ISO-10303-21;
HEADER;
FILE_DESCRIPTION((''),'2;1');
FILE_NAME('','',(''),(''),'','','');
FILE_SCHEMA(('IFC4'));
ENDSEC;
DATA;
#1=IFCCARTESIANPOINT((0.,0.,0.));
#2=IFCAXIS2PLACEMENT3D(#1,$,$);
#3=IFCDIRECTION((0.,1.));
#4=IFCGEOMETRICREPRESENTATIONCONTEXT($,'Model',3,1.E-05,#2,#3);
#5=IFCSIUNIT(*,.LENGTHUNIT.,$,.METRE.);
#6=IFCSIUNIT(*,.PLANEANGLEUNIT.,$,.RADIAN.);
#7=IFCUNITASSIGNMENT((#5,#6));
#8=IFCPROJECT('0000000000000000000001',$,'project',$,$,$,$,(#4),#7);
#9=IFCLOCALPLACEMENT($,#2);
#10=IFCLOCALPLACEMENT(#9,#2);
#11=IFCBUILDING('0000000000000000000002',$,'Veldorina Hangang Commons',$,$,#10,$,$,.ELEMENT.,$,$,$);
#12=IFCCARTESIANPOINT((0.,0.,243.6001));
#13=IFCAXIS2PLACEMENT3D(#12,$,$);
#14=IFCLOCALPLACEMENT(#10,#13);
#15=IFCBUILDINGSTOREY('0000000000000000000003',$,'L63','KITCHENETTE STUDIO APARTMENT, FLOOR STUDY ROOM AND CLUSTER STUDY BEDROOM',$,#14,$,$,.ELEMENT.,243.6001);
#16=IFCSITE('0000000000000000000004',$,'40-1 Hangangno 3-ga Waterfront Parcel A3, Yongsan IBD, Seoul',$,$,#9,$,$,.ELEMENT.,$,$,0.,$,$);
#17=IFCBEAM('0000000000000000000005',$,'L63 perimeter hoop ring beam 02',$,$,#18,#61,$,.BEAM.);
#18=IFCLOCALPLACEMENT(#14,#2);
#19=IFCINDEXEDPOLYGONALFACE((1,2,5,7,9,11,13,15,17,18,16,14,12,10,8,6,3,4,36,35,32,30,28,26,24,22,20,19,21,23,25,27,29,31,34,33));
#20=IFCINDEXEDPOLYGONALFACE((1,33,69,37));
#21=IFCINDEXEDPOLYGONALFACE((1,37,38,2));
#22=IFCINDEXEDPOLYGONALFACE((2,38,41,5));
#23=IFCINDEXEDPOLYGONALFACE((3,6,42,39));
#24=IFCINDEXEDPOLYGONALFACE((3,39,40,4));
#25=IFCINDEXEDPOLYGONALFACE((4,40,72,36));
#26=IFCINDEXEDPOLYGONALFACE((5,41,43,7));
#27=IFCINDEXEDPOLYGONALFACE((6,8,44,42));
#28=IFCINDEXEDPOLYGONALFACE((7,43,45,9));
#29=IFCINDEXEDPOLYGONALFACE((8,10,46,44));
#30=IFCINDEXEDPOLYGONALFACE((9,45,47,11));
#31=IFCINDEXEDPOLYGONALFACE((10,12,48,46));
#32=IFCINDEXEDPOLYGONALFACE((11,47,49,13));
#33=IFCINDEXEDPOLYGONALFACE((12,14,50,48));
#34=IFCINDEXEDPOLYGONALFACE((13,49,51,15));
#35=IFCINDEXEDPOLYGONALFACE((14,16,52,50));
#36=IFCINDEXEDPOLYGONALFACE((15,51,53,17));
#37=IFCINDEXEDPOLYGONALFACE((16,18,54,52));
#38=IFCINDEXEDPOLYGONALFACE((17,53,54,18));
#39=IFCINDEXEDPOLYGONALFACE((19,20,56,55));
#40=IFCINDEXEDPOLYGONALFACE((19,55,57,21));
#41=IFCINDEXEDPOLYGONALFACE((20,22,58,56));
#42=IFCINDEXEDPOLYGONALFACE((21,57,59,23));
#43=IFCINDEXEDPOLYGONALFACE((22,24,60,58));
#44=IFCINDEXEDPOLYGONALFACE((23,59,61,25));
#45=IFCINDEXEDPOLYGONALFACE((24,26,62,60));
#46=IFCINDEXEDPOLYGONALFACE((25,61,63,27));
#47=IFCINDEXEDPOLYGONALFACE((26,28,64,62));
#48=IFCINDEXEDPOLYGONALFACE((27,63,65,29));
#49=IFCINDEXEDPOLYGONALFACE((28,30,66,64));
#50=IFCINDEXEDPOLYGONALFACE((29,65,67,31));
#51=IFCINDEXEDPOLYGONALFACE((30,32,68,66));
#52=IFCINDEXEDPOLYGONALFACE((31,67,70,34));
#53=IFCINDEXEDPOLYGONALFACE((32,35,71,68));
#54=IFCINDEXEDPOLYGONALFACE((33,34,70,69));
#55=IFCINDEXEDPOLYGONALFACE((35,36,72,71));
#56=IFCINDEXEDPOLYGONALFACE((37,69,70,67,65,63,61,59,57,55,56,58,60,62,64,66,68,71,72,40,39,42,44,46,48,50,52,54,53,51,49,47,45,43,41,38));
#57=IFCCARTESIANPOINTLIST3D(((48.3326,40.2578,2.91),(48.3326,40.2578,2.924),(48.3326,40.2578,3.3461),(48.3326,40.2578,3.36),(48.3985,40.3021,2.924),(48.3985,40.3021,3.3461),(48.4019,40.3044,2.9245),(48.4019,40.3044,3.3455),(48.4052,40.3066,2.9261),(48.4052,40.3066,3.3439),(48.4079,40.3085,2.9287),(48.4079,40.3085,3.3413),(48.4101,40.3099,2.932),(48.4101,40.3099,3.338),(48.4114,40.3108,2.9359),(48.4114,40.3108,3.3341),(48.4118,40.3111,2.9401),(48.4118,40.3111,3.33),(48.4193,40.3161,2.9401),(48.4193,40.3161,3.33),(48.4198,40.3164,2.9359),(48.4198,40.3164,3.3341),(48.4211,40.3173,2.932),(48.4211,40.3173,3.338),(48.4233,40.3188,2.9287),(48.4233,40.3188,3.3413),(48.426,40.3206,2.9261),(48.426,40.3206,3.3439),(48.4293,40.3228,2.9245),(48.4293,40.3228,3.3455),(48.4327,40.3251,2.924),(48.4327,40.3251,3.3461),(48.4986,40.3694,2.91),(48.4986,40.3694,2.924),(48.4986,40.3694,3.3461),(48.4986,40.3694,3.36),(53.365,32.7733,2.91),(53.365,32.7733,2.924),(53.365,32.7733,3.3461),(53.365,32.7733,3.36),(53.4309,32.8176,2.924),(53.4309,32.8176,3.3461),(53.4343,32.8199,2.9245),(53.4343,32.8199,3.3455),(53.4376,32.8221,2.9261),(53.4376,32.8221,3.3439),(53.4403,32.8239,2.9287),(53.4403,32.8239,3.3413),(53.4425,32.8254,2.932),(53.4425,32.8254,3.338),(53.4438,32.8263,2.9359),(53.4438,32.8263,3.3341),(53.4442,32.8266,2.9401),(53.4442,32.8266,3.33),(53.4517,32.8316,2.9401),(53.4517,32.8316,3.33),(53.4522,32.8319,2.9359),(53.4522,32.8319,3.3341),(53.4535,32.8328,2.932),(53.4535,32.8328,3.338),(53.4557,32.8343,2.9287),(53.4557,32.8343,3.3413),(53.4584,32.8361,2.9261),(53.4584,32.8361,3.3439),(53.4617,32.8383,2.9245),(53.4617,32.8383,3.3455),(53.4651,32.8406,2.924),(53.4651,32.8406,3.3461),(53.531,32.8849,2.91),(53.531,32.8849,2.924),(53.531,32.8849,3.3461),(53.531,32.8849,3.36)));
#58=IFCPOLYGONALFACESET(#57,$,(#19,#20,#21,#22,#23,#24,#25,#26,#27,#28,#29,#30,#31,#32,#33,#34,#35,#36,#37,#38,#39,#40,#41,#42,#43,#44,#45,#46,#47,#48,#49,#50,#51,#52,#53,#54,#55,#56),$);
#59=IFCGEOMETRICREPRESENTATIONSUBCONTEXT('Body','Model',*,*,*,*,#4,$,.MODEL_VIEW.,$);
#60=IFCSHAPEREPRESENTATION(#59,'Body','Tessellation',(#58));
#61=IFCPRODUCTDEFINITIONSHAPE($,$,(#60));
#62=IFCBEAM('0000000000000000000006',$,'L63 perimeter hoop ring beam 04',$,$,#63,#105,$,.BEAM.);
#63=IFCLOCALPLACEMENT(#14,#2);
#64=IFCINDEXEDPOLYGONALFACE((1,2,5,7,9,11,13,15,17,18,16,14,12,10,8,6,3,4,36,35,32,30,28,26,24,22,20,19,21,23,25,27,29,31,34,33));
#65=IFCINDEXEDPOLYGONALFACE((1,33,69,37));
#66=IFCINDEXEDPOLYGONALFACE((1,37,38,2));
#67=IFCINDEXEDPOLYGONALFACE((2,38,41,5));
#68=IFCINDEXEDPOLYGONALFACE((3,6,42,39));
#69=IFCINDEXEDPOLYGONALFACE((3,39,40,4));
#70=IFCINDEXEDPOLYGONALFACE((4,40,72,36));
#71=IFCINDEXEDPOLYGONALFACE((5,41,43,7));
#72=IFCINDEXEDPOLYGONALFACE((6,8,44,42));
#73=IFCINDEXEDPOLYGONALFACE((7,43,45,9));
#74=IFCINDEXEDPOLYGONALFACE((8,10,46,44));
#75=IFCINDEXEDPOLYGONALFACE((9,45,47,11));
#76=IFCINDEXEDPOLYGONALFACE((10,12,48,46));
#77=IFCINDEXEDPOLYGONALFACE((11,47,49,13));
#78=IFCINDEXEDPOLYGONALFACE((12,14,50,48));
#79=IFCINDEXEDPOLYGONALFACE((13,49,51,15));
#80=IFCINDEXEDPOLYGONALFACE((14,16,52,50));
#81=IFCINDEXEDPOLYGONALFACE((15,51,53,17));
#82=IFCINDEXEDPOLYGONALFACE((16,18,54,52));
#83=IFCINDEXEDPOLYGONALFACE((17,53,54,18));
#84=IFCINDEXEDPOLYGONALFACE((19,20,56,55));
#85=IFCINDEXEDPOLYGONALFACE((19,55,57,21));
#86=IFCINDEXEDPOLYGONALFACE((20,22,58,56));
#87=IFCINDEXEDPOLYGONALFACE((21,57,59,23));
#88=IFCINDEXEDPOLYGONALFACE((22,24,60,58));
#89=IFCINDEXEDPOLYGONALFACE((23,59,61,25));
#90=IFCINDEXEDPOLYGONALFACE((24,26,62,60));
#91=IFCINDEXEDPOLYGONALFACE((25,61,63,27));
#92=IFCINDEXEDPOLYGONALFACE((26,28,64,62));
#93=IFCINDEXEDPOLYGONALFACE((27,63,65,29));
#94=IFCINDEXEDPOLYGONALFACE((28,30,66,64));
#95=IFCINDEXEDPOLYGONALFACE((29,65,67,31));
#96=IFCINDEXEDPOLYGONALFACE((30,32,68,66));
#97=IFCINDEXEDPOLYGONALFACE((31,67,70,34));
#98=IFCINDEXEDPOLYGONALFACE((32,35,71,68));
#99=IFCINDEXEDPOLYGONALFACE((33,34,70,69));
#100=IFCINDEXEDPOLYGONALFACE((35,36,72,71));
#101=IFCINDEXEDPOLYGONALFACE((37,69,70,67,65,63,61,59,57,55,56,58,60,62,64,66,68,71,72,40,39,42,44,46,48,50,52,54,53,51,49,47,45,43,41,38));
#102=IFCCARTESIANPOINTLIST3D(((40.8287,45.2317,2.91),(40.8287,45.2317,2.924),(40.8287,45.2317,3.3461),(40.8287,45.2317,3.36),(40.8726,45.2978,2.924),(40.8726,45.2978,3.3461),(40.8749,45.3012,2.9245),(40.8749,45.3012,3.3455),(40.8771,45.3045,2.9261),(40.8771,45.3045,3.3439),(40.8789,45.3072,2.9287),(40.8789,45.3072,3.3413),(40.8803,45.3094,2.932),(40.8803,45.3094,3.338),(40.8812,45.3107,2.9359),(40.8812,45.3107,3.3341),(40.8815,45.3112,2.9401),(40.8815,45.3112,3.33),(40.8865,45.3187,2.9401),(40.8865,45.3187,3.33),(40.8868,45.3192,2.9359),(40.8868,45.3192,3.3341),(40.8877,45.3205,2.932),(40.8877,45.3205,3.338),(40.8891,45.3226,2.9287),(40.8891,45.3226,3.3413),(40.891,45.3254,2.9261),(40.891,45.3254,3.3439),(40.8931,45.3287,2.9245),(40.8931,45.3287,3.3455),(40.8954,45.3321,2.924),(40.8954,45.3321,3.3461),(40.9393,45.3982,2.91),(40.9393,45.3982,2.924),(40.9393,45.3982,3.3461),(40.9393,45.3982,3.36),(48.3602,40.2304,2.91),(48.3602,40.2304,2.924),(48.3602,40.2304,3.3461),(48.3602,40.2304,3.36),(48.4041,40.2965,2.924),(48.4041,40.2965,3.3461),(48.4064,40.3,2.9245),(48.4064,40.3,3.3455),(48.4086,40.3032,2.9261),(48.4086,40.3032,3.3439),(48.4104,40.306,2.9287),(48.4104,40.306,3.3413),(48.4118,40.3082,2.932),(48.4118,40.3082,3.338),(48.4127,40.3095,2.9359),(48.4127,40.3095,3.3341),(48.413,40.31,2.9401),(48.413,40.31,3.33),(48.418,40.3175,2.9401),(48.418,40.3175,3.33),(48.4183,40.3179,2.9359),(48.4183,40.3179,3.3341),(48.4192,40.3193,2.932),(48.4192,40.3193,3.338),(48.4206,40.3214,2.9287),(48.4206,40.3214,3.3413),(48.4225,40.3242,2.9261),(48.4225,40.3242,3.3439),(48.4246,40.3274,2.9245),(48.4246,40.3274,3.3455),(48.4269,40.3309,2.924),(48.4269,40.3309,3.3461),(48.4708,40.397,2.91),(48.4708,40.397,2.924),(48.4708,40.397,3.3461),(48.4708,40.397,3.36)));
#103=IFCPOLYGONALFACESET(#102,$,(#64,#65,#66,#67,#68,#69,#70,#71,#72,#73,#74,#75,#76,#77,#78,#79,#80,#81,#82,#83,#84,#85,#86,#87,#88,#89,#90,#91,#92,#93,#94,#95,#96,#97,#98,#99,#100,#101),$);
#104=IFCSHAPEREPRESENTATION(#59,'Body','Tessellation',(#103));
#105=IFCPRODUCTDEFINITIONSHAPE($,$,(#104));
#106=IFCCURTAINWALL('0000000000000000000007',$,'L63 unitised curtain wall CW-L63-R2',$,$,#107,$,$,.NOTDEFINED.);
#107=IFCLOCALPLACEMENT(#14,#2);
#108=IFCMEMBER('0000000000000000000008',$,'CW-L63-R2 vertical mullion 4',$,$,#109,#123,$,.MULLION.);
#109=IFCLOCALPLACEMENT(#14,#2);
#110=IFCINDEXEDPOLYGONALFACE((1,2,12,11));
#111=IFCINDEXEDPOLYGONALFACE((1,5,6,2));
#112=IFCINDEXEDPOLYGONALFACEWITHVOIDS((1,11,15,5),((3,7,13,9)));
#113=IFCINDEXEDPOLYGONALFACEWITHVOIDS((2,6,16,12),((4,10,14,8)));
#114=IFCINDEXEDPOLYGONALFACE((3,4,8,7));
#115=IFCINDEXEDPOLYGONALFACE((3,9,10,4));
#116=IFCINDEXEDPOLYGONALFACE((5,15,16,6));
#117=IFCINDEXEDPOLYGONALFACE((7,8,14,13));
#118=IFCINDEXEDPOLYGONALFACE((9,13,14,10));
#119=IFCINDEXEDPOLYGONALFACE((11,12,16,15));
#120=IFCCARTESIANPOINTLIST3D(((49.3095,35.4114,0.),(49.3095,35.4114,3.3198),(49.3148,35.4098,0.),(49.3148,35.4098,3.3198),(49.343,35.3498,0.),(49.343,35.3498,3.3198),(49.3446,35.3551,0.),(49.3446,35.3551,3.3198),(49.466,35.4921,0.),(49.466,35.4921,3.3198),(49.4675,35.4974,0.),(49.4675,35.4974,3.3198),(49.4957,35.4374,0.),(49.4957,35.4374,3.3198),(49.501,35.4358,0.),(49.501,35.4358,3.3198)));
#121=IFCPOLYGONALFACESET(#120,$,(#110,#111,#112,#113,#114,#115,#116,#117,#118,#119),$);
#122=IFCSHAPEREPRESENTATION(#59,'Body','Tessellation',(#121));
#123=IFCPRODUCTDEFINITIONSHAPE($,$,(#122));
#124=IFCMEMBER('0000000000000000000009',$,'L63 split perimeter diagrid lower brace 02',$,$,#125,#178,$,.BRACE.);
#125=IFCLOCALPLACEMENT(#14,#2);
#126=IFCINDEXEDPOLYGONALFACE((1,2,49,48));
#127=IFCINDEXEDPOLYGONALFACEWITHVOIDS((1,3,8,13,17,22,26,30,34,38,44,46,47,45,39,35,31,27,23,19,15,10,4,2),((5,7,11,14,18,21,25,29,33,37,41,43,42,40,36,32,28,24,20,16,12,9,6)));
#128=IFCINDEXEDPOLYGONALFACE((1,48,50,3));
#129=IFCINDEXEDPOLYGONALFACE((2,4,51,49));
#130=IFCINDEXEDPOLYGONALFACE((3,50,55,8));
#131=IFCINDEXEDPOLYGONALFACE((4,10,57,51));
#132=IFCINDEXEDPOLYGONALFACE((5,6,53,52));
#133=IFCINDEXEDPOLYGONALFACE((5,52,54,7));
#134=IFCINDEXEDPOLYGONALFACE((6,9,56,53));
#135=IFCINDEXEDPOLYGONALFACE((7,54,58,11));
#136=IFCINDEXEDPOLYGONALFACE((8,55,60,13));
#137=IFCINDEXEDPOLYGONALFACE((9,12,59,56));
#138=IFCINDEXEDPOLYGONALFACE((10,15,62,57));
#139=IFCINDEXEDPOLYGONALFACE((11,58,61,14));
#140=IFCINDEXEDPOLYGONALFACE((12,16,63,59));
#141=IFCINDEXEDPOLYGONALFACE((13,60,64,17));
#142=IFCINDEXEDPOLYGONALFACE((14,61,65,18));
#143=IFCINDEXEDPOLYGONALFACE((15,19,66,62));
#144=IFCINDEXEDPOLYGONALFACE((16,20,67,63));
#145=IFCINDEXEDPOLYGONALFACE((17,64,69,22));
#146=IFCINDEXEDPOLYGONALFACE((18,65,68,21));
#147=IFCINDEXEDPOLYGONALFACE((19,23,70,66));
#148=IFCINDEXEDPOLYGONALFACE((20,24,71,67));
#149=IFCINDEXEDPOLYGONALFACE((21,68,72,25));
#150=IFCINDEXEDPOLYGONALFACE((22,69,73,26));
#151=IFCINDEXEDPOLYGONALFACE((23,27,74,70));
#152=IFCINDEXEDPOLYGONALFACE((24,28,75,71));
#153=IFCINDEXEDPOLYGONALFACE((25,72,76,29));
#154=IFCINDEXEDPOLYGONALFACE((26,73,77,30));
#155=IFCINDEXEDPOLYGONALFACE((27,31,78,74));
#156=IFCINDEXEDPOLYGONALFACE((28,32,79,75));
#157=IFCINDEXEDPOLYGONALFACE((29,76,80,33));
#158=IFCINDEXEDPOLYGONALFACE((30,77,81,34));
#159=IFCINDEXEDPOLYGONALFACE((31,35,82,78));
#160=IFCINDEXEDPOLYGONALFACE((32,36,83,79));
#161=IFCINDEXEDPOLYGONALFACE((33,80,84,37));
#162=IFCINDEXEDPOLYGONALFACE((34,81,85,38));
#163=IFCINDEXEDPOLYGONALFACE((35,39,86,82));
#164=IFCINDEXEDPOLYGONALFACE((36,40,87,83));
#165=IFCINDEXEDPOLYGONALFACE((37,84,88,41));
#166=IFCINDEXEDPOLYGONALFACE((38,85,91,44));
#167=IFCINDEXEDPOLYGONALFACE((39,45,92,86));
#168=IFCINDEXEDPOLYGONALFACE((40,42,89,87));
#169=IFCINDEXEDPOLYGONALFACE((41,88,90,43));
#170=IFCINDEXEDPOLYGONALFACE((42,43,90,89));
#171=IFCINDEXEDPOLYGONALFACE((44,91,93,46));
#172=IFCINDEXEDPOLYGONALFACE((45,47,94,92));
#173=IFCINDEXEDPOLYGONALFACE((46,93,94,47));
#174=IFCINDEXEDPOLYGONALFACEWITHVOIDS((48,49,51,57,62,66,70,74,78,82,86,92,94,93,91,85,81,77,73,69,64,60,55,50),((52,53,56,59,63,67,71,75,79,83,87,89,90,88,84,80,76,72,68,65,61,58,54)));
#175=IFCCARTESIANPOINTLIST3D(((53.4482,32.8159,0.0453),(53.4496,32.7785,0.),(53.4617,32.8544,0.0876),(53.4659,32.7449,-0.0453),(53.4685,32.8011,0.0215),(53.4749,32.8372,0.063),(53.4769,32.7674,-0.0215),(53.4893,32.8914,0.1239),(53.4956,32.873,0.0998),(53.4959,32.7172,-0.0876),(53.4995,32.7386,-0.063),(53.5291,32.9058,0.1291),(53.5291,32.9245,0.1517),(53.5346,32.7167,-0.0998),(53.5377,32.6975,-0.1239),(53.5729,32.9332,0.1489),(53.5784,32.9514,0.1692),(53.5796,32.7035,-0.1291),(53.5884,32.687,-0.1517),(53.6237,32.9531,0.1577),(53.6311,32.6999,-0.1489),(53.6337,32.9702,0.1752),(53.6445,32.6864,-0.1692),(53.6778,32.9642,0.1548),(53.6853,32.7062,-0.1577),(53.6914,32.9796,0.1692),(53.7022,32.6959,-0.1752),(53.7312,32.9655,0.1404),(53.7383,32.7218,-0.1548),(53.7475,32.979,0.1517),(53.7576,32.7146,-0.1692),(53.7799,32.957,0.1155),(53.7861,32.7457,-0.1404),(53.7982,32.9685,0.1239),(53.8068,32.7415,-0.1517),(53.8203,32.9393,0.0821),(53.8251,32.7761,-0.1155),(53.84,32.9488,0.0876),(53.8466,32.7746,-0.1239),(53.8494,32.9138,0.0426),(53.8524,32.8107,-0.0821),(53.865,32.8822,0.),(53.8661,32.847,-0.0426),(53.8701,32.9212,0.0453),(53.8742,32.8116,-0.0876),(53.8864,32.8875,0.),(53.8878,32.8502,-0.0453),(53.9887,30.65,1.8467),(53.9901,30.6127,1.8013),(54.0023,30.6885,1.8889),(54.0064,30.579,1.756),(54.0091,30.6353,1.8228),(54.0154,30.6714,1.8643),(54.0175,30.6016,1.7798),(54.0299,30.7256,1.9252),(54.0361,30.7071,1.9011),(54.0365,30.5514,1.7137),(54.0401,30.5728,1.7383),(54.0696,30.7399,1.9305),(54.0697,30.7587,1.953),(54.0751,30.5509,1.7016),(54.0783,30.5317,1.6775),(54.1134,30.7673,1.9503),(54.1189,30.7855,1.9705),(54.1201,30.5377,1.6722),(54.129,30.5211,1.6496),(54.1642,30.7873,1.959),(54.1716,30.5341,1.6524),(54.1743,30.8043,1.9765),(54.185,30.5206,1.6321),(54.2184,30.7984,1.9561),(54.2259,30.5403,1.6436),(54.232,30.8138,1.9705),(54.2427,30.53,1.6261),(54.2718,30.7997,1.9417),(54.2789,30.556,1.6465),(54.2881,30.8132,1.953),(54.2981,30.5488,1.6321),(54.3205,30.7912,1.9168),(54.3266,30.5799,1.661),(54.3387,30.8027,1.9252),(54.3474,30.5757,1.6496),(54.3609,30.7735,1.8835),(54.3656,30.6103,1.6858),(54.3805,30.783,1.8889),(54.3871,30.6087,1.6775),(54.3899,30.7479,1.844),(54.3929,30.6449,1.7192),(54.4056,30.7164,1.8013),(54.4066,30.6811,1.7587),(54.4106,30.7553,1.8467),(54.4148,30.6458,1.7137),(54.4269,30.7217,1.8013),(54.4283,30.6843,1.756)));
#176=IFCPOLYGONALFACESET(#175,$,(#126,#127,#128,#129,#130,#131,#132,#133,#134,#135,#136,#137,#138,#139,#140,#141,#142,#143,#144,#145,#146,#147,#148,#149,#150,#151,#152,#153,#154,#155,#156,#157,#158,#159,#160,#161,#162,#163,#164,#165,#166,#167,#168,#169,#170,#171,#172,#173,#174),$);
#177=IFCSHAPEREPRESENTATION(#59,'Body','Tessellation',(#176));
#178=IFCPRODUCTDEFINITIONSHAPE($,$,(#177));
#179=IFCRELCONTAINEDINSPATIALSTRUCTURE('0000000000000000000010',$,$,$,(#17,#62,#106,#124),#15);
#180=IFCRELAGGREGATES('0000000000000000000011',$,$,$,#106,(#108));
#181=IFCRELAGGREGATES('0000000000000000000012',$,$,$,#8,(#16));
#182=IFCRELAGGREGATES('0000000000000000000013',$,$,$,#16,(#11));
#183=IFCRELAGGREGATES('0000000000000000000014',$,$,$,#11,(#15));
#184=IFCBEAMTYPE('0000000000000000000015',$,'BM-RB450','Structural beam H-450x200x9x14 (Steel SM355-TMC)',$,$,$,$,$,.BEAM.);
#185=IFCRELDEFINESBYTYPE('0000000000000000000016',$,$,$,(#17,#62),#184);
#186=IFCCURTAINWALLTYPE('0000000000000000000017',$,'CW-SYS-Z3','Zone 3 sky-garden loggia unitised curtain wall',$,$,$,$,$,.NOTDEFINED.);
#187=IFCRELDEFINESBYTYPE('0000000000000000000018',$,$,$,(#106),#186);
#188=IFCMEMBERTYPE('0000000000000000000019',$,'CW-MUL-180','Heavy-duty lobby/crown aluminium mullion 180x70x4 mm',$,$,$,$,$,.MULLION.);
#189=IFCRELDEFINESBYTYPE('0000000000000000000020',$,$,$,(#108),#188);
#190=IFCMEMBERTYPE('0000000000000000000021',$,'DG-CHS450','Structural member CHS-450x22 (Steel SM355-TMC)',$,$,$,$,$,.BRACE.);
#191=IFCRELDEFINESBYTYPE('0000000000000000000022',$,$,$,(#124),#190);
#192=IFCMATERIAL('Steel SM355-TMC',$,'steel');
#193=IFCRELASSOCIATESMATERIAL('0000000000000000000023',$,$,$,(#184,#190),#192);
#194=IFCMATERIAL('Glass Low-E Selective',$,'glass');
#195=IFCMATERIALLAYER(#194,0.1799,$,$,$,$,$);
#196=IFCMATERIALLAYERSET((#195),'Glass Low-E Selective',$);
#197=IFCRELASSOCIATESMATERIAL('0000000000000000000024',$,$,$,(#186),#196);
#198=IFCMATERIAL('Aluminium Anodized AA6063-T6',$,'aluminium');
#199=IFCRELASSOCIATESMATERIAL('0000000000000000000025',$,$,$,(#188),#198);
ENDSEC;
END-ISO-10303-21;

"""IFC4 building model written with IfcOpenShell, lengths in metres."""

from ifc_helpers import new_model, si_unit, direction, frame, origin, origin_2d, place, context, subcontext, project, spatial, hollow_rectangle, hollow_circle, i_section, extrude, material, layer, layer_set, material_profile, profile_set, type_object, element, aggregate, save


model = new_model("IFC4")

# Units and contexts
model_context = context("Model", 3, precision=1e-05, world=origin(), true_north=direction((0.0, 1.0)))
body_context = subcontext(model_context, "Body", "Model", "MODEL_VIEW")
ifc_project = project(units=[si_unit("LENGTHUNIT", "METRE"), si_unit("PLANEANGLEUNIT", "RADIAN")], contexts=[model_context])

# Site, building, storey
site_placement = place(None, origin())
site = spatial("IfcSite", under=ifc_project, at=site_placement, Name="40-1 Hangangno 3-ga Waterfront Parcel A3, Yongsan IBD, Seoul", CompositionType="ELEMENT", RefElevation=0.0)
building_placement = place(site_placement, origin())
building = spatial("IfcBuilding", under=site, at=building_placement, Name="Veldorina Hangang Commons", CompositionType="ELEMENT")
storey_placement = place(building_placement, frame((0.0, 0.0, 243.6001)))
storey = spatial("IfcBuildingStorey", under=building, at=storey_placement, Name="L63", Description="KITCHENETTE STUDIO APARTMENT, FLOOR STUDY ROOM AND CLUSTER STUDY BEDROOM", CompositionType="ELEMENT", Elevation=243.6001)

# Beams
ifc_material_1 = material(Name="Steel SM355-TMC", Category="steel")
ifc_material_profile_1 = material_profile(ifc_material_1, i_section(OverallWidth=0.2, OverallDepth=0.45, WebThickness=0.009, FlangeThickness=0.0139, FilletRadius=0.0161, at=origin_2d()), Name="H-450x200x9x14")
ifc_profile_set_1 = profile_set([ifc_material_profile_1], Name="Steel SM355-TMC")
beam_type = type_object("IfcBeamType", Name="BM-RB450", Description="Structural beam H-450x200x9x14 (Steel SM355-TMC)", PredefinedType="BEAM", material=ifc_profile_set_1)
beam_1_placement = place(storey_placement, frame((53.448, 32.8291, 3.135), z_axis=(-0.557975, 0.829857, 0.0), x_axis=(-0.829857, -0.557975, 0.0)))
element("IfcBeam", 1, at=beam_1_placement, inside=storey, type_object=beam_type, Name="L63 perimeter hoop ring beam 02", PredefinedType="BEAM", context=body_context, shape_type="SweptSolid", body=[
    extrude(i_section(OverallWidth=0.2, OverallDepth=0.45, WebThickness=0.009, FlangeThickness=0.0139, FilletRadius=0.0161, at=origin_2d()), origin(), (0.0, 0.0, 1.0), 9.019),
])
beam_2_placement = place(storey_placement, frame((48.4155, 40.3137, 3.135), z_axis=(-0.833058, 0.553185, 0.0), x_axis=(-0.553185, -0.833058, 0.0)))
element("IfcBeam", 2, at=beam_2_placement, inside=storey, type_object=beam_type, Name="L63 perimeter hoop ring beam 04", PredefinedType="BEAM", context=body_context, shape_type="SweptSolid", body=[
    extrude(i_section(OverallWidth=0.2, OverallDepth=0.45, WebThickness=0.009, FlangeThickness=0.0139, FilletRadius=0.0161, at=origin_2d()), origin(), (0.0, 0.0, 1.0), 9.0408),
])

# Curtain wall, member
ifc_material_2 = material(Name="Glass Low-E Selective", Category="glass")
ifc_layer_1 = layer(ifc_material_2, 0.1799)
ifc_layer_set_1 = layer_set([ifc_layer_1], Name="Glass Low-E Selective")
curtain_wall_type = type_object("IfcCurtainWallType", Name="CW-SYS-Z3", Description="Zone 3 sky-garden loggia unitised curtain wall", PredefinedType="NOTDEFINED", material=ifc_layer_set_1)
curtain_wall_placement = place(storey_placement, origin())
curtain_wall = element("IfcCurtainWall", 3, at=curtain_wall_placement, inside=storey, type_object=curtain_wall_type, Name="L63 unitised curtain wall CW-L63-R2", PredefinedType="NOTDEFINED")
ifc_material_3 = material(Name="Aluminium Anodized AA6063-T6", Category="aluminium")
ifc_material_profile_2 = material_profile(ifc_material_3, hollow_rectangle(XDim=0.0701, YDim=0.1799, WallThickness=0.0039, at=origin_2d()), Name="ALU-RHS-180x70x4")
ifc_profile_set_2 = profile_set([ifc_material_profile_2], Name="Aluminium Anodized AA6063-T6")
member_type_1 = type_object("IfcMemberType", Name="CW-MUL-180", Description="Heavy-duty lobby/crown aluminium mullion 180x70x4 mm", PredefinedType="MULLION", material=ifc_profile_set_2)
member_1_placement = place(storey_placement, frame((49.4053, 35.4236, 0.0), z_axis=(0.0, 0.0, 1.0), x_axis=(0.478002, -0.878359, 0.0)))
member_1 = element("IfcMember", 4, at=member_1_placement, type_object=member_type_1, Name="CW-L63-R2 vertical mullion 4", PredefinedType="MULLION", context=body_context, shape_type="SweptSolid", body=[
    extrude(hollow_rectangle(XDim=0.0701, YDim=0.1799, WallThickness=0.0039, at=origin_2d()), origin(), (0.0, 0.0, 1.0), 3.3198),
])

# Member
ifc_material_profile_3 = material_profile(ifc_material_1, hollow_circle(Radius=0.2251, WallThickness=0.022, at=origin_2d()), Name="CHS-450x22")
ifc_profile_set_3 = profile_set([ifc_material_profile_3], Name="Steel SM355-TMC")
member_type_2 = type_object("IfcMemberType", Name="DG-CHS450", Description="Structural member CHS-450x22 (Steel SM355-TMC)", PredefinedType="BRACE", material=ifc_profile_set_3)
member_2_placement = place(storey_placement, frame((53.668, 32.833, 0.0), z_axis=(0.188447, -0.755064, 0.627986), x_axis=(0.970239, 0.24215, 0.0)))
element("IfcMember", 5, at=member_2_placement, inside=storey, type_object=member_type_2, Name="L63 split perimeter diagrid lower brace 02", PredefinedType="BRACE", context=body_context, shape_type="SweptSolid", body=[
    extrude(hollow_circle(Radius=0.2251, WallThickness=0.022, at=origin_2d()), origin(), (0.0, 0.0, 1.0), 2.8684),
])

aggregate(curtain_wall, [member_1])

save(model, "model.ifc")
